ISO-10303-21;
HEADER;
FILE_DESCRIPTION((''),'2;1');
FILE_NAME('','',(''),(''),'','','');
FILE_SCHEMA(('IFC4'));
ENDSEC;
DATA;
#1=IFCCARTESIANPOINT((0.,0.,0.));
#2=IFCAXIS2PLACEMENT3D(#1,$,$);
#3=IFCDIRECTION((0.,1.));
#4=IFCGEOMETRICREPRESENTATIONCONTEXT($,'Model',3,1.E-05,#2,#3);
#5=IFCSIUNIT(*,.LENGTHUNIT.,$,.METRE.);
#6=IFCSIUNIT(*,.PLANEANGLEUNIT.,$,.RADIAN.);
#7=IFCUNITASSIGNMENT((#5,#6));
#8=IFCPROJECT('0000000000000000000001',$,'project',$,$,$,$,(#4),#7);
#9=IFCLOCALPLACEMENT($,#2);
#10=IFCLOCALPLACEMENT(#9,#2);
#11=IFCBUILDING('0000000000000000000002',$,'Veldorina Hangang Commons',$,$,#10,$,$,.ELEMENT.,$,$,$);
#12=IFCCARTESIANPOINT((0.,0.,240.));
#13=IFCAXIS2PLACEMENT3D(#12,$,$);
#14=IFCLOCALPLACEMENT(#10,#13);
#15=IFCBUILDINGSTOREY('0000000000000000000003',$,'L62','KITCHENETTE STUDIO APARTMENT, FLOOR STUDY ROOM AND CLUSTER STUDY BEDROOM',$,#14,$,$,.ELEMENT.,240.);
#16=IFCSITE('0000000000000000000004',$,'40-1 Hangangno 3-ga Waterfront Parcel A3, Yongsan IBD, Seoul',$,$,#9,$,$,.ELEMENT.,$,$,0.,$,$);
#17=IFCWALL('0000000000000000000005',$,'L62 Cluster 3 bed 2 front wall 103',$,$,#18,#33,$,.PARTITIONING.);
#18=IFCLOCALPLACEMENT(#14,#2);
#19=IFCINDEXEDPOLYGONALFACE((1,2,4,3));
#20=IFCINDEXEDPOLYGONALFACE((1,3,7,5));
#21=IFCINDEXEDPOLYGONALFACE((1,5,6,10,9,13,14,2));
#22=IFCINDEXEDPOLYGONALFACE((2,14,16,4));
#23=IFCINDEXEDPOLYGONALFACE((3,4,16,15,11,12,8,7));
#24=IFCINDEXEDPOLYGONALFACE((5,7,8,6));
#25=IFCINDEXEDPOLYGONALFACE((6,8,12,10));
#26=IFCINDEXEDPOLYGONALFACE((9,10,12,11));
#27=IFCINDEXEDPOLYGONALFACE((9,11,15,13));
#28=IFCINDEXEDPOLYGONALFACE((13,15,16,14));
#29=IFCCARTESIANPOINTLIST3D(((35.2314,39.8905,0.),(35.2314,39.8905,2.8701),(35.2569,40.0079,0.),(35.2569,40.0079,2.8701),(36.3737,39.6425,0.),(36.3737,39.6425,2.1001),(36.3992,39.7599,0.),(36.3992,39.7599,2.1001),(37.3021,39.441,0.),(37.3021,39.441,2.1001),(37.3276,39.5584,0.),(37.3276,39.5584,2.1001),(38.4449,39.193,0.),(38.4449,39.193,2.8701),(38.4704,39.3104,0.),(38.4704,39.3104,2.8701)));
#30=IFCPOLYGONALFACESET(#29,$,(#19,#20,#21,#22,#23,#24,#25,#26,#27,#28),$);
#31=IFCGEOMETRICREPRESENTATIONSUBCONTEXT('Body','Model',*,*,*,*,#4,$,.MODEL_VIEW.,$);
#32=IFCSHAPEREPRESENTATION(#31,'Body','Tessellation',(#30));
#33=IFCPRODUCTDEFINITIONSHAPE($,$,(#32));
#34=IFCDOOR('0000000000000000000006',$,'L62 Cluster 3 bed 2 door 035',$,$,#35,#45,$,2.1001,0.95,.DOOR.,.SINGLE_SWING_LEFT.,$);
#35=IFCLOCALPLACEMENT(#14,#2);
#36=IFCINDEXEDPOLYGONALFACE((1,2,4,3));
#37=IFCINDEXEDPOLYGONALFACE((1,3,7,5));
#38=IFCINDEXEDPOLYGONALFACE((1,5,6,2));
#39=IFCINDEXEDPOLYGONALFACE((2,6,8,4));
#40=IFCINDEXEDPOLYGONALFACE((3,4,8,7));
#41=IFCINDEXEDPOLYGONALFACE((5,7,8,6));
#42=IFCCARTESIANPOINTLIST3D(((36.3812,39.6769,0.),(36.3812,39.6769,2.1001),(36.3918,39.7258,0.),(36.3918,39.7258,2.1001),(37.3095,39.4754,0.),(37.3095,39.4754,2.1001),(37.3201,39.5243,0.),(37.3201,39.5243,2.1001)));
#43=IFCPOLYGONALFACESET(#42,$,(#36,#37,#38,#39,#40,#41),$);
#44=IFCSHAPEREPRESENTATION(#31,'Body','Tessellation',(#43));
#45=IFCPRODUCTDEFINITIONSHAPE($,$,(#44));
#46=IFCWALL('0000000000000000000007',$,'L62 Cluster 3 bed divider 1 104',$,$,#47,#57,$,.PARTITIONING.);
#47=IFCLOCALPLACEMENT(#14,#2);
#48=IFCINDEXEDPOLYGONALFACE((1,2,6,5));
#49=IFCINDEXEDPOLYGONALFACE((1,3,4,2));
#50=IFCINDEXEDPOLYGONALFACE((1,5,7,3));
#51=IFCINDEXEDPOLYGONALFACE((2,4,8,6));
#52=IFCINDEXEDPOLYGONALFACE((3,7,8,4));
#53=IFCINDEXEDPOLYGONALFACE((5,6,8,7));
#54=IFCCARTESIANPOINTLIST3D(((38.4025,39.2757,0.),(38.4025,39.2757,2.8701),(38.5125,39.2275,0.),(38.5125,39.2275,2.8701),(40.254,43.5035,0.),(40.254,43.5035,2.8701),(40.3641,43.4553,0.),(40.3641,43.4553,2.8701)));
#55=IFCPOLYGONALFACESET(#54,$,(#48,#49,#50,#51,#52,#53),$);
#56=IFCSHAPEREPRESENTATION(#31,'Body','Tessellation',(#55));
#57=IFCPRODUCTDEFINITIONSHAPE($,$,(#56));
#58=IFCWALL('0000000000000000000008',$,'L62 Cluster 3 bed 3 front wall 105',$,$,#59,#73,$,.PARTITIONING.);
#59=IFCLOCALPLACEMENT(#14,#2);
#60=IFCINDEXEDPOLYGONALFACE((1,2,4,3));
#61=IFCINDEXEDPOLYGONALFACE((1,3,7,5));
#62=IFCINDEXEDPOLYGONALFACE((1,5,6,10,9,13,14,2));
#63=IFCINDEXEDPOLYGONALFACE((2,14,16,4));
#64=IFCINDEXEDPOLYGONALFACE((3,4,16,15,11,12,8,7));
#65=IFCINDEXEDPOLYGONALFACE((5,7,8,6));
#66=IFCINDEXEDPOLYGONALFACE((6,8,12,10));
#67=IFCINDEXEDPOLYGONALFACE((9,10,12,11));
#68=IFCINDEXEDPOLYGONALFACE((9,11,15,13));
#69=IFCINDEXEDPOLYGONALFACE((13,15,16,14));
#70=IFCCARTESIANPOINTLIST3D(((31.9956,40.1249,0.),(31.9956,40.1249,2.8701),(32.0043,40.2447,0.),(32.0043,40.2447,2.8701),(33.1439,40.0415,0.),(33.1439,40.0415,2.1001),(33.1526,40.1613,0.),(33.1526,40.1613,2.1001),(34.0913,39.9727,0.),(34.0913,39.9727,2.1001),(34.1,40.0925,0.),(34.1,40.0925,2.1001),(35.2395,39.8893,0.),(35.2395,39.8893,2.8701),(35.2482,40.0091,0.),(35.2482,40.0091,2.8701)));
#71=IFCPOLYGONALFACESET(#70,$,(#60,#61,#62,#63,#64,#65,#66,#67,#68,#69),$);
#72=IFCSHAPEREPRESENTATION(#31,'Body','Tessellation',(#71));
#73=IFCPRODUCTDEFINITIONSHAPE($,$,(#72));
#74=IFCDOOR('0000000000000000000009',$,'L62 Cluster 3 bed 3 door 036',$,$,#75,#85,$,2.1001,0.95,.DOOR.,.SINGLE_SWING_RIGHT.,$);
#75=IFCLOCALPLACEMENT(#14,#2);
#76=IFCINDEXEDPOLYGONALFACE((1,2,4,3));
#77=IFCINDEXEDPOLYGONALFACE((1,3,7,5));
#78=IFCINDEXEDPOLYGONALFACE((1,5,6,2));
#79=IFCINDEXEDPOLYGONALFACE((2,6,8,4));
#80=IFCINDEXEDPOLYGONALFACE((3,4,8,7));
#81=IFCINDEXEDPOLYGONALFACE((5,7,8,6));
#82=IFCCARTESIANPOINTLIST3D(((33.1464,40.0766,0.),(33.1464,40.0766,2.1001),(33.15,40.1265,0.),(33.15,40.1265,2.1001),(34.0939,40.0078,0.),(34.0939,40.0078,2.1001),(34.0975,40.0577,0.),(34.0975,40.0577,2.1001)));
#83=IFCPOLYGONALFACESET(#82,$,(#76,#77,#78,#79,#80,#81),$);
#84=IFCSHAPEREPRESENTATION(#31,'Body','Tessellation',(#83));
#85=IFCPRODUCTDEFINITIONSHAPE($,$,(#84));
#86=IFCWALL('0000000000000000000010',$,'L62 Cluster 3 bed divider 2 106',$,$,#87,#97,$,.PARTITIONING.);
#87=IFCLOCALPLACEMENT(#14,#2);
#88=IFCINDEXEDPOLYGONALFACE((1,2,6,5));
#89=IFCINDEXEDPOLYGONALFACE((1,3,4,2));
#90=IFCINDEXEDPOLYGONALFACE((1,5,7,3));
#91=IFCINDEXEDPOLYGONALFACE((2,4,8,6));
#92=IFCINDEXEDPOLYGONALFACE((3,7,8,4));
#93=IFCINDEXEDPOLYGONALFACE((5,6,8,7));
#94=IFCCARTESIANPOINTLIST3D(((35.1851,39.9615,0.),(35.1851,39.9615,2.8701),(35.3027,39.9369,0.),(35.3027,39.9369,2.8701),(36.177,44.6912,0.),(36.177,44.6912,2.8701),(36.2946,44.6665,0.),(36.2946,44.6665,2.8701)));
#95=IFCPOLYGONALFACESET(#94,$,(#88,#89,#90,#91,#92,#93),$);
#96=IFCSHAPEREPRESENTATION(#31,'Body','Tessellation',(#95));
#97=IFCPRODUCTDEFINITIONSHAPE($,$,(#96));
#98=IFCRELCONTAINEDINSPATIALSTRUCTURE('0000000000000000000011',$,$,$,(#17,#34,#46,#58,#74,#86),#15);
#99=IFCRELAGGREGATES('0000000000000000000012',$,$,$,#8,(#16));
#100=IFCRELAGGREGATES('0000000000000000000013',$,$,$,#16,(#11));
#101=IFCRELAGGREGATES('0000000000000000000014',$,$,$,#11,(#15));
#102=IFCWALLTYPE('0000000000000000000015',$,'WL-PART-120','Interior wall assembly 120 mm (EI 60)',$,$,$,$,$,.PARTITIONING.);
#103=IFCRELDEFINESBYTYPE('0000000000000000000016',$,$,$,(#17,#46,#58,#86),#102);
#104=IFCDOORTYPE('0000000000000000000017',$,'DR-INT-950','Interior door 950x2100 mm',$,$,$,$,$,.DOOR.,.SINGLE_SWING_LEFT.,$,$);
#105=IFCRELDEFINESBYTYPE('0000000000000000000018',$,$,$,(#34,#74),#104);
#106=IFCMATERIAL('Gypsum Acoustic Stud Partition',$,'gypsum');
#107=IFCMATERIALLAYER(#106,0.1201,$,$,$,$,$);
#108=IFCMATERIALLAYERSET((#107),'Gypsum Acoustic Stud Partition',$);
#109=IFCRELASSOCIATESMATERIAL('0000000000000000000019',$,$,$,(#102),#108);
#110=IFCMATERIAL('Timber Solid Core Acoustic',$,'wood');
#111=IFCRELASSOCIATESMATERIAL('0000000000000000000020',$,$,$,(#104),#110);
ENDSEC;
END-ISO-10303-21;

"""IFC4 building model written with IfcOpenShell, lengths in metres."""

from ifc_helpers import new_model, si_unit, direction, frame, frame_2d, origin, place, context, subcontext, project, spatial, rectangle, extrude, material, layer, layer_set, type_object, element, fill, save


model = new_model("IFC4")

# Units and contexts
model_context = context("Model", 3, precision=1e-05, world=origin(), true_north=direction((0.0, 1.0)))
body_context = subcontext(model_context, "Body", "Model", "MODEL_VIEW")
ifc_project = project(units=[si_unit("LENGTHUNIT", "METRE"), si_unit("PLANEANGLEUNIT", "RADIAN")], contexts=[model_context])

# Site, building, storey
site_placement = place(None, origin())
site = spatial("IfcSite", under=ifc_project, at=site_placement, Name="40-1 Hangangno 3-ga Waterfront Parcel A3, Yongsan IBD, Seoul", CompositionType="ELEMENT", RefElevation=0.0)
building_placement = place(site_placement, origin())
building = spatial("IfcBuilding", under=site, at=building_placement, Name="Veldorina Hangang Commons", CompositionType="ELEMENT")
storey_placement = place(building_placement, frame((0.0, 0.0, 240.0)))
storey = spatial("IfcBuildingStorey", under=building, at=storey_placement, Name="L62", Description="KITCHENETTE STUDIO APARTMENT, FLOOR STUDY ROOM AND CLUSTER STUDY BEDROOM", CompositionType="ELEMENT", Elevation=240.0)

# Shared definitions
ifc_material_1 = material(Name="Gypsum Acoustic Stud Partition", Category="gypsum")
ifc_layer_1 = layer(ifc_material_1, 0.1201)
ifc_layer_set_1 = layer_set([ifc_layer_1], Name="Gypsum Acoustic Stud Partition")
wall_type_1 = type_object("IfcWallType", Name="WL-PART-120", Description="Interior wall assembly 120 mm (EI 60)", PredefinedType="PARTITIONING", material=ifc_layer_set_1)

# Wall, opening, door
ifc_material_2 = material(Name="Timber Solid Core Acoustic", Category="wood")
door_type_1 = type_object("IfcDoorType", Name="DR-INT-950", Description="Interior door 950x2100 mm", OperationType="SINGLE_SWING_LEFT", PredefinedType="DOOR", material=ifc_material_2)
wall_1_placement = place(storey_placement, frame((38.4575, 39.2517, 0.0), z_axis=(0.0, 0.0, 1.0), x_axis=(-0.977246, 0.212109, 0.0)))
wall_1 = element("IfcWall", 1, at=wall_1_placement, inside=storey, type_object=wall_type_1, Name="L62 Cluster 3 bed 2 front wall 103", PredefinedType="PARTITIONING", context=body_context, shape_type="SweptSolid", body=[
    extrude(rectangle(XDim=3.2883, YDim=0.1201, at=frame_2d((1.644, 0.0))), origin(), (0.0, 0.0, 1.0), 2.8701),
])
opening_1_placement = place(wall_1_placement, frame((1.1692, 0.0, 0.0)))
opening_1 = element("IfcOpeningElement", 2, at=opening_1_placement, cuts=wall_1, PredefinedType="OPENING", context=body_context, shape_type="SweptSolid", body=[
    extrude(rectangle(XDim=0.95, YDim=2.1001, at=frame_2d((0.4751, 1.05))), frame((0.0, 0.0701, 0.0), z_axis=(0.0, -1.0, 0.0), x_axis=(1.0, 0.0, 0.0)), (0.0, 0.0, 1.0), 0.1401),
])
door_1_placement = place(opening_1_placement, origin())
door_1 = element("IfcDoor", 3, at=door_1_placement, inside=storey, type_object=door_type_1, Name="L62 Cluster 3 bed 2 door 035", OperationType="SINGLE_SWING_LEFT", OverallHeight=2.1001, OverallWidth=0.95, PredefinedType="DOOR", context=body_context, shape_type="SweptSolid", body=[
    extrude(rectangle(XDim=0.95, YDim=2.1001, at=frame_2d((0.4751, 1.05))), frame((0.0, 0.0249, 0.0), z_axis=(0.0, -1.0, 0.0), x_axis=(1.0, 0.0, 0.0)), (0.0, 0.0, 1.0), 0.05),
])
fill(opening_1, door_1)

# Wall
wall_2_placement = place(storey_placement, frame((38.4575, 39.2517, 0.0), z_axis=(0.0, 0.0, 1.0), x_axis=(0.401166, 0.916006, 0.0)))
element("IfcWall", 4, at=wall_2_placement, inside=storey, type_object=wall_type_1, Name="L62 Cluster 3 bed divider 1 104", PredefinedType="PARTITIONING", context=body_context, shape_type="SweptSolid", body=[
    extrude(rectangle(XDim=4.6155, YDim=0.1201, at=frame_2d((2.3076, 0.0))), origin(), (0.0, 0.0, 1.0), 2.8701),
])

# Wall, opening, door
wall_3_placement = place(storey_placement, frame((35.2439, 39.9492, 0.0), z_axis=(0.0, 0.0, 1.0), x_axis=(-0.997373, 0.072437, 0.0)))
wall_3 = element("IfcWall", 5, at=wall_3_placement, inside=storey, type_object=wall_type_1, Name="L62 Cluster 3 bed 3 front wall 105", PredefinedType="PARTITIONING", context=body_context, shape_type="SweptSolid", body=[
    extrude(rectangle(XDim=3.2524, YDim=0.1201, at=frame_2d((1.6262, 0.0))), origin(), (0.0, 0.0, 1.0), 2.8701),
])
opening_2_placement = place(wall_3_placement, frame((1.1511, 0.0, 0.0)))
opening_2 = element("IfcOpeningElement", 6, at=opening_2_placement, cuts=wall_3, PredefinedType="OPENING", context=body_context, shape_type="SweptSolid", body=[
    extrude(rectangle(XDim=0.95, YDim=2.1001, at=frame_2d((0.4751, 1.05))), frame((0.0, 0.0701, 0.0), z_axis=(0.0, -1.0, 0.0), x_axis=(1.0, 0.0, 0.0)), (0.0, 0.0, 1.0), 0.1401),
])
door_2_placement = place(opening_2_placement, origin())
door_2 = element("IfcDoor", 7, at=door_2_placement, inside=storey, type_object=door_type_1, Name="L62 Cluster 3 bed 3 door 036", OperationType="SINGLE_SWING_RIGHT", OverallHeight=2.1001, OverallWidth=0.95, PredefinedType="DOOR", context=body_context, shape_type="SweptSolid", body=[
    extrude(rectangle(XDim=0.95, YDim=2.1001, at=frame_2d((0.4751, 1.05))), frame((0.0, 0.0249, 0.0), z_axis=(0.0, -1.0, 0.0), x_axis=(1.0, 0.0, 0.0)), (0.0, 0.0, 1.0), 0.05),
])
fill(opening_2, door_2)

# Wall
wall_4_placement = place(storey_placement, frame((35.2439, 39.9492, 0.0), z_axis=(0.0, 0.0, 1.0), x_axis=(0.205259, 0.978708, 0.0)))
element("IfcWall", 8, at=wall_4_placement, inside=storey, type_object=wall_type_1, Name="L62 Cluster 3 bed divider 2 106", PredefinedType="PARTITIONING", context=body_context, shape_type="SweptSolid", body=[
    extrude(rectangle(XDim=4.8325, YDim=0.1201, at=frame_2d((2.4163, 0.0))), origin(), (0.0, 0.0, 1.0), 2.8701),
])

save(model, "model.ifc")
